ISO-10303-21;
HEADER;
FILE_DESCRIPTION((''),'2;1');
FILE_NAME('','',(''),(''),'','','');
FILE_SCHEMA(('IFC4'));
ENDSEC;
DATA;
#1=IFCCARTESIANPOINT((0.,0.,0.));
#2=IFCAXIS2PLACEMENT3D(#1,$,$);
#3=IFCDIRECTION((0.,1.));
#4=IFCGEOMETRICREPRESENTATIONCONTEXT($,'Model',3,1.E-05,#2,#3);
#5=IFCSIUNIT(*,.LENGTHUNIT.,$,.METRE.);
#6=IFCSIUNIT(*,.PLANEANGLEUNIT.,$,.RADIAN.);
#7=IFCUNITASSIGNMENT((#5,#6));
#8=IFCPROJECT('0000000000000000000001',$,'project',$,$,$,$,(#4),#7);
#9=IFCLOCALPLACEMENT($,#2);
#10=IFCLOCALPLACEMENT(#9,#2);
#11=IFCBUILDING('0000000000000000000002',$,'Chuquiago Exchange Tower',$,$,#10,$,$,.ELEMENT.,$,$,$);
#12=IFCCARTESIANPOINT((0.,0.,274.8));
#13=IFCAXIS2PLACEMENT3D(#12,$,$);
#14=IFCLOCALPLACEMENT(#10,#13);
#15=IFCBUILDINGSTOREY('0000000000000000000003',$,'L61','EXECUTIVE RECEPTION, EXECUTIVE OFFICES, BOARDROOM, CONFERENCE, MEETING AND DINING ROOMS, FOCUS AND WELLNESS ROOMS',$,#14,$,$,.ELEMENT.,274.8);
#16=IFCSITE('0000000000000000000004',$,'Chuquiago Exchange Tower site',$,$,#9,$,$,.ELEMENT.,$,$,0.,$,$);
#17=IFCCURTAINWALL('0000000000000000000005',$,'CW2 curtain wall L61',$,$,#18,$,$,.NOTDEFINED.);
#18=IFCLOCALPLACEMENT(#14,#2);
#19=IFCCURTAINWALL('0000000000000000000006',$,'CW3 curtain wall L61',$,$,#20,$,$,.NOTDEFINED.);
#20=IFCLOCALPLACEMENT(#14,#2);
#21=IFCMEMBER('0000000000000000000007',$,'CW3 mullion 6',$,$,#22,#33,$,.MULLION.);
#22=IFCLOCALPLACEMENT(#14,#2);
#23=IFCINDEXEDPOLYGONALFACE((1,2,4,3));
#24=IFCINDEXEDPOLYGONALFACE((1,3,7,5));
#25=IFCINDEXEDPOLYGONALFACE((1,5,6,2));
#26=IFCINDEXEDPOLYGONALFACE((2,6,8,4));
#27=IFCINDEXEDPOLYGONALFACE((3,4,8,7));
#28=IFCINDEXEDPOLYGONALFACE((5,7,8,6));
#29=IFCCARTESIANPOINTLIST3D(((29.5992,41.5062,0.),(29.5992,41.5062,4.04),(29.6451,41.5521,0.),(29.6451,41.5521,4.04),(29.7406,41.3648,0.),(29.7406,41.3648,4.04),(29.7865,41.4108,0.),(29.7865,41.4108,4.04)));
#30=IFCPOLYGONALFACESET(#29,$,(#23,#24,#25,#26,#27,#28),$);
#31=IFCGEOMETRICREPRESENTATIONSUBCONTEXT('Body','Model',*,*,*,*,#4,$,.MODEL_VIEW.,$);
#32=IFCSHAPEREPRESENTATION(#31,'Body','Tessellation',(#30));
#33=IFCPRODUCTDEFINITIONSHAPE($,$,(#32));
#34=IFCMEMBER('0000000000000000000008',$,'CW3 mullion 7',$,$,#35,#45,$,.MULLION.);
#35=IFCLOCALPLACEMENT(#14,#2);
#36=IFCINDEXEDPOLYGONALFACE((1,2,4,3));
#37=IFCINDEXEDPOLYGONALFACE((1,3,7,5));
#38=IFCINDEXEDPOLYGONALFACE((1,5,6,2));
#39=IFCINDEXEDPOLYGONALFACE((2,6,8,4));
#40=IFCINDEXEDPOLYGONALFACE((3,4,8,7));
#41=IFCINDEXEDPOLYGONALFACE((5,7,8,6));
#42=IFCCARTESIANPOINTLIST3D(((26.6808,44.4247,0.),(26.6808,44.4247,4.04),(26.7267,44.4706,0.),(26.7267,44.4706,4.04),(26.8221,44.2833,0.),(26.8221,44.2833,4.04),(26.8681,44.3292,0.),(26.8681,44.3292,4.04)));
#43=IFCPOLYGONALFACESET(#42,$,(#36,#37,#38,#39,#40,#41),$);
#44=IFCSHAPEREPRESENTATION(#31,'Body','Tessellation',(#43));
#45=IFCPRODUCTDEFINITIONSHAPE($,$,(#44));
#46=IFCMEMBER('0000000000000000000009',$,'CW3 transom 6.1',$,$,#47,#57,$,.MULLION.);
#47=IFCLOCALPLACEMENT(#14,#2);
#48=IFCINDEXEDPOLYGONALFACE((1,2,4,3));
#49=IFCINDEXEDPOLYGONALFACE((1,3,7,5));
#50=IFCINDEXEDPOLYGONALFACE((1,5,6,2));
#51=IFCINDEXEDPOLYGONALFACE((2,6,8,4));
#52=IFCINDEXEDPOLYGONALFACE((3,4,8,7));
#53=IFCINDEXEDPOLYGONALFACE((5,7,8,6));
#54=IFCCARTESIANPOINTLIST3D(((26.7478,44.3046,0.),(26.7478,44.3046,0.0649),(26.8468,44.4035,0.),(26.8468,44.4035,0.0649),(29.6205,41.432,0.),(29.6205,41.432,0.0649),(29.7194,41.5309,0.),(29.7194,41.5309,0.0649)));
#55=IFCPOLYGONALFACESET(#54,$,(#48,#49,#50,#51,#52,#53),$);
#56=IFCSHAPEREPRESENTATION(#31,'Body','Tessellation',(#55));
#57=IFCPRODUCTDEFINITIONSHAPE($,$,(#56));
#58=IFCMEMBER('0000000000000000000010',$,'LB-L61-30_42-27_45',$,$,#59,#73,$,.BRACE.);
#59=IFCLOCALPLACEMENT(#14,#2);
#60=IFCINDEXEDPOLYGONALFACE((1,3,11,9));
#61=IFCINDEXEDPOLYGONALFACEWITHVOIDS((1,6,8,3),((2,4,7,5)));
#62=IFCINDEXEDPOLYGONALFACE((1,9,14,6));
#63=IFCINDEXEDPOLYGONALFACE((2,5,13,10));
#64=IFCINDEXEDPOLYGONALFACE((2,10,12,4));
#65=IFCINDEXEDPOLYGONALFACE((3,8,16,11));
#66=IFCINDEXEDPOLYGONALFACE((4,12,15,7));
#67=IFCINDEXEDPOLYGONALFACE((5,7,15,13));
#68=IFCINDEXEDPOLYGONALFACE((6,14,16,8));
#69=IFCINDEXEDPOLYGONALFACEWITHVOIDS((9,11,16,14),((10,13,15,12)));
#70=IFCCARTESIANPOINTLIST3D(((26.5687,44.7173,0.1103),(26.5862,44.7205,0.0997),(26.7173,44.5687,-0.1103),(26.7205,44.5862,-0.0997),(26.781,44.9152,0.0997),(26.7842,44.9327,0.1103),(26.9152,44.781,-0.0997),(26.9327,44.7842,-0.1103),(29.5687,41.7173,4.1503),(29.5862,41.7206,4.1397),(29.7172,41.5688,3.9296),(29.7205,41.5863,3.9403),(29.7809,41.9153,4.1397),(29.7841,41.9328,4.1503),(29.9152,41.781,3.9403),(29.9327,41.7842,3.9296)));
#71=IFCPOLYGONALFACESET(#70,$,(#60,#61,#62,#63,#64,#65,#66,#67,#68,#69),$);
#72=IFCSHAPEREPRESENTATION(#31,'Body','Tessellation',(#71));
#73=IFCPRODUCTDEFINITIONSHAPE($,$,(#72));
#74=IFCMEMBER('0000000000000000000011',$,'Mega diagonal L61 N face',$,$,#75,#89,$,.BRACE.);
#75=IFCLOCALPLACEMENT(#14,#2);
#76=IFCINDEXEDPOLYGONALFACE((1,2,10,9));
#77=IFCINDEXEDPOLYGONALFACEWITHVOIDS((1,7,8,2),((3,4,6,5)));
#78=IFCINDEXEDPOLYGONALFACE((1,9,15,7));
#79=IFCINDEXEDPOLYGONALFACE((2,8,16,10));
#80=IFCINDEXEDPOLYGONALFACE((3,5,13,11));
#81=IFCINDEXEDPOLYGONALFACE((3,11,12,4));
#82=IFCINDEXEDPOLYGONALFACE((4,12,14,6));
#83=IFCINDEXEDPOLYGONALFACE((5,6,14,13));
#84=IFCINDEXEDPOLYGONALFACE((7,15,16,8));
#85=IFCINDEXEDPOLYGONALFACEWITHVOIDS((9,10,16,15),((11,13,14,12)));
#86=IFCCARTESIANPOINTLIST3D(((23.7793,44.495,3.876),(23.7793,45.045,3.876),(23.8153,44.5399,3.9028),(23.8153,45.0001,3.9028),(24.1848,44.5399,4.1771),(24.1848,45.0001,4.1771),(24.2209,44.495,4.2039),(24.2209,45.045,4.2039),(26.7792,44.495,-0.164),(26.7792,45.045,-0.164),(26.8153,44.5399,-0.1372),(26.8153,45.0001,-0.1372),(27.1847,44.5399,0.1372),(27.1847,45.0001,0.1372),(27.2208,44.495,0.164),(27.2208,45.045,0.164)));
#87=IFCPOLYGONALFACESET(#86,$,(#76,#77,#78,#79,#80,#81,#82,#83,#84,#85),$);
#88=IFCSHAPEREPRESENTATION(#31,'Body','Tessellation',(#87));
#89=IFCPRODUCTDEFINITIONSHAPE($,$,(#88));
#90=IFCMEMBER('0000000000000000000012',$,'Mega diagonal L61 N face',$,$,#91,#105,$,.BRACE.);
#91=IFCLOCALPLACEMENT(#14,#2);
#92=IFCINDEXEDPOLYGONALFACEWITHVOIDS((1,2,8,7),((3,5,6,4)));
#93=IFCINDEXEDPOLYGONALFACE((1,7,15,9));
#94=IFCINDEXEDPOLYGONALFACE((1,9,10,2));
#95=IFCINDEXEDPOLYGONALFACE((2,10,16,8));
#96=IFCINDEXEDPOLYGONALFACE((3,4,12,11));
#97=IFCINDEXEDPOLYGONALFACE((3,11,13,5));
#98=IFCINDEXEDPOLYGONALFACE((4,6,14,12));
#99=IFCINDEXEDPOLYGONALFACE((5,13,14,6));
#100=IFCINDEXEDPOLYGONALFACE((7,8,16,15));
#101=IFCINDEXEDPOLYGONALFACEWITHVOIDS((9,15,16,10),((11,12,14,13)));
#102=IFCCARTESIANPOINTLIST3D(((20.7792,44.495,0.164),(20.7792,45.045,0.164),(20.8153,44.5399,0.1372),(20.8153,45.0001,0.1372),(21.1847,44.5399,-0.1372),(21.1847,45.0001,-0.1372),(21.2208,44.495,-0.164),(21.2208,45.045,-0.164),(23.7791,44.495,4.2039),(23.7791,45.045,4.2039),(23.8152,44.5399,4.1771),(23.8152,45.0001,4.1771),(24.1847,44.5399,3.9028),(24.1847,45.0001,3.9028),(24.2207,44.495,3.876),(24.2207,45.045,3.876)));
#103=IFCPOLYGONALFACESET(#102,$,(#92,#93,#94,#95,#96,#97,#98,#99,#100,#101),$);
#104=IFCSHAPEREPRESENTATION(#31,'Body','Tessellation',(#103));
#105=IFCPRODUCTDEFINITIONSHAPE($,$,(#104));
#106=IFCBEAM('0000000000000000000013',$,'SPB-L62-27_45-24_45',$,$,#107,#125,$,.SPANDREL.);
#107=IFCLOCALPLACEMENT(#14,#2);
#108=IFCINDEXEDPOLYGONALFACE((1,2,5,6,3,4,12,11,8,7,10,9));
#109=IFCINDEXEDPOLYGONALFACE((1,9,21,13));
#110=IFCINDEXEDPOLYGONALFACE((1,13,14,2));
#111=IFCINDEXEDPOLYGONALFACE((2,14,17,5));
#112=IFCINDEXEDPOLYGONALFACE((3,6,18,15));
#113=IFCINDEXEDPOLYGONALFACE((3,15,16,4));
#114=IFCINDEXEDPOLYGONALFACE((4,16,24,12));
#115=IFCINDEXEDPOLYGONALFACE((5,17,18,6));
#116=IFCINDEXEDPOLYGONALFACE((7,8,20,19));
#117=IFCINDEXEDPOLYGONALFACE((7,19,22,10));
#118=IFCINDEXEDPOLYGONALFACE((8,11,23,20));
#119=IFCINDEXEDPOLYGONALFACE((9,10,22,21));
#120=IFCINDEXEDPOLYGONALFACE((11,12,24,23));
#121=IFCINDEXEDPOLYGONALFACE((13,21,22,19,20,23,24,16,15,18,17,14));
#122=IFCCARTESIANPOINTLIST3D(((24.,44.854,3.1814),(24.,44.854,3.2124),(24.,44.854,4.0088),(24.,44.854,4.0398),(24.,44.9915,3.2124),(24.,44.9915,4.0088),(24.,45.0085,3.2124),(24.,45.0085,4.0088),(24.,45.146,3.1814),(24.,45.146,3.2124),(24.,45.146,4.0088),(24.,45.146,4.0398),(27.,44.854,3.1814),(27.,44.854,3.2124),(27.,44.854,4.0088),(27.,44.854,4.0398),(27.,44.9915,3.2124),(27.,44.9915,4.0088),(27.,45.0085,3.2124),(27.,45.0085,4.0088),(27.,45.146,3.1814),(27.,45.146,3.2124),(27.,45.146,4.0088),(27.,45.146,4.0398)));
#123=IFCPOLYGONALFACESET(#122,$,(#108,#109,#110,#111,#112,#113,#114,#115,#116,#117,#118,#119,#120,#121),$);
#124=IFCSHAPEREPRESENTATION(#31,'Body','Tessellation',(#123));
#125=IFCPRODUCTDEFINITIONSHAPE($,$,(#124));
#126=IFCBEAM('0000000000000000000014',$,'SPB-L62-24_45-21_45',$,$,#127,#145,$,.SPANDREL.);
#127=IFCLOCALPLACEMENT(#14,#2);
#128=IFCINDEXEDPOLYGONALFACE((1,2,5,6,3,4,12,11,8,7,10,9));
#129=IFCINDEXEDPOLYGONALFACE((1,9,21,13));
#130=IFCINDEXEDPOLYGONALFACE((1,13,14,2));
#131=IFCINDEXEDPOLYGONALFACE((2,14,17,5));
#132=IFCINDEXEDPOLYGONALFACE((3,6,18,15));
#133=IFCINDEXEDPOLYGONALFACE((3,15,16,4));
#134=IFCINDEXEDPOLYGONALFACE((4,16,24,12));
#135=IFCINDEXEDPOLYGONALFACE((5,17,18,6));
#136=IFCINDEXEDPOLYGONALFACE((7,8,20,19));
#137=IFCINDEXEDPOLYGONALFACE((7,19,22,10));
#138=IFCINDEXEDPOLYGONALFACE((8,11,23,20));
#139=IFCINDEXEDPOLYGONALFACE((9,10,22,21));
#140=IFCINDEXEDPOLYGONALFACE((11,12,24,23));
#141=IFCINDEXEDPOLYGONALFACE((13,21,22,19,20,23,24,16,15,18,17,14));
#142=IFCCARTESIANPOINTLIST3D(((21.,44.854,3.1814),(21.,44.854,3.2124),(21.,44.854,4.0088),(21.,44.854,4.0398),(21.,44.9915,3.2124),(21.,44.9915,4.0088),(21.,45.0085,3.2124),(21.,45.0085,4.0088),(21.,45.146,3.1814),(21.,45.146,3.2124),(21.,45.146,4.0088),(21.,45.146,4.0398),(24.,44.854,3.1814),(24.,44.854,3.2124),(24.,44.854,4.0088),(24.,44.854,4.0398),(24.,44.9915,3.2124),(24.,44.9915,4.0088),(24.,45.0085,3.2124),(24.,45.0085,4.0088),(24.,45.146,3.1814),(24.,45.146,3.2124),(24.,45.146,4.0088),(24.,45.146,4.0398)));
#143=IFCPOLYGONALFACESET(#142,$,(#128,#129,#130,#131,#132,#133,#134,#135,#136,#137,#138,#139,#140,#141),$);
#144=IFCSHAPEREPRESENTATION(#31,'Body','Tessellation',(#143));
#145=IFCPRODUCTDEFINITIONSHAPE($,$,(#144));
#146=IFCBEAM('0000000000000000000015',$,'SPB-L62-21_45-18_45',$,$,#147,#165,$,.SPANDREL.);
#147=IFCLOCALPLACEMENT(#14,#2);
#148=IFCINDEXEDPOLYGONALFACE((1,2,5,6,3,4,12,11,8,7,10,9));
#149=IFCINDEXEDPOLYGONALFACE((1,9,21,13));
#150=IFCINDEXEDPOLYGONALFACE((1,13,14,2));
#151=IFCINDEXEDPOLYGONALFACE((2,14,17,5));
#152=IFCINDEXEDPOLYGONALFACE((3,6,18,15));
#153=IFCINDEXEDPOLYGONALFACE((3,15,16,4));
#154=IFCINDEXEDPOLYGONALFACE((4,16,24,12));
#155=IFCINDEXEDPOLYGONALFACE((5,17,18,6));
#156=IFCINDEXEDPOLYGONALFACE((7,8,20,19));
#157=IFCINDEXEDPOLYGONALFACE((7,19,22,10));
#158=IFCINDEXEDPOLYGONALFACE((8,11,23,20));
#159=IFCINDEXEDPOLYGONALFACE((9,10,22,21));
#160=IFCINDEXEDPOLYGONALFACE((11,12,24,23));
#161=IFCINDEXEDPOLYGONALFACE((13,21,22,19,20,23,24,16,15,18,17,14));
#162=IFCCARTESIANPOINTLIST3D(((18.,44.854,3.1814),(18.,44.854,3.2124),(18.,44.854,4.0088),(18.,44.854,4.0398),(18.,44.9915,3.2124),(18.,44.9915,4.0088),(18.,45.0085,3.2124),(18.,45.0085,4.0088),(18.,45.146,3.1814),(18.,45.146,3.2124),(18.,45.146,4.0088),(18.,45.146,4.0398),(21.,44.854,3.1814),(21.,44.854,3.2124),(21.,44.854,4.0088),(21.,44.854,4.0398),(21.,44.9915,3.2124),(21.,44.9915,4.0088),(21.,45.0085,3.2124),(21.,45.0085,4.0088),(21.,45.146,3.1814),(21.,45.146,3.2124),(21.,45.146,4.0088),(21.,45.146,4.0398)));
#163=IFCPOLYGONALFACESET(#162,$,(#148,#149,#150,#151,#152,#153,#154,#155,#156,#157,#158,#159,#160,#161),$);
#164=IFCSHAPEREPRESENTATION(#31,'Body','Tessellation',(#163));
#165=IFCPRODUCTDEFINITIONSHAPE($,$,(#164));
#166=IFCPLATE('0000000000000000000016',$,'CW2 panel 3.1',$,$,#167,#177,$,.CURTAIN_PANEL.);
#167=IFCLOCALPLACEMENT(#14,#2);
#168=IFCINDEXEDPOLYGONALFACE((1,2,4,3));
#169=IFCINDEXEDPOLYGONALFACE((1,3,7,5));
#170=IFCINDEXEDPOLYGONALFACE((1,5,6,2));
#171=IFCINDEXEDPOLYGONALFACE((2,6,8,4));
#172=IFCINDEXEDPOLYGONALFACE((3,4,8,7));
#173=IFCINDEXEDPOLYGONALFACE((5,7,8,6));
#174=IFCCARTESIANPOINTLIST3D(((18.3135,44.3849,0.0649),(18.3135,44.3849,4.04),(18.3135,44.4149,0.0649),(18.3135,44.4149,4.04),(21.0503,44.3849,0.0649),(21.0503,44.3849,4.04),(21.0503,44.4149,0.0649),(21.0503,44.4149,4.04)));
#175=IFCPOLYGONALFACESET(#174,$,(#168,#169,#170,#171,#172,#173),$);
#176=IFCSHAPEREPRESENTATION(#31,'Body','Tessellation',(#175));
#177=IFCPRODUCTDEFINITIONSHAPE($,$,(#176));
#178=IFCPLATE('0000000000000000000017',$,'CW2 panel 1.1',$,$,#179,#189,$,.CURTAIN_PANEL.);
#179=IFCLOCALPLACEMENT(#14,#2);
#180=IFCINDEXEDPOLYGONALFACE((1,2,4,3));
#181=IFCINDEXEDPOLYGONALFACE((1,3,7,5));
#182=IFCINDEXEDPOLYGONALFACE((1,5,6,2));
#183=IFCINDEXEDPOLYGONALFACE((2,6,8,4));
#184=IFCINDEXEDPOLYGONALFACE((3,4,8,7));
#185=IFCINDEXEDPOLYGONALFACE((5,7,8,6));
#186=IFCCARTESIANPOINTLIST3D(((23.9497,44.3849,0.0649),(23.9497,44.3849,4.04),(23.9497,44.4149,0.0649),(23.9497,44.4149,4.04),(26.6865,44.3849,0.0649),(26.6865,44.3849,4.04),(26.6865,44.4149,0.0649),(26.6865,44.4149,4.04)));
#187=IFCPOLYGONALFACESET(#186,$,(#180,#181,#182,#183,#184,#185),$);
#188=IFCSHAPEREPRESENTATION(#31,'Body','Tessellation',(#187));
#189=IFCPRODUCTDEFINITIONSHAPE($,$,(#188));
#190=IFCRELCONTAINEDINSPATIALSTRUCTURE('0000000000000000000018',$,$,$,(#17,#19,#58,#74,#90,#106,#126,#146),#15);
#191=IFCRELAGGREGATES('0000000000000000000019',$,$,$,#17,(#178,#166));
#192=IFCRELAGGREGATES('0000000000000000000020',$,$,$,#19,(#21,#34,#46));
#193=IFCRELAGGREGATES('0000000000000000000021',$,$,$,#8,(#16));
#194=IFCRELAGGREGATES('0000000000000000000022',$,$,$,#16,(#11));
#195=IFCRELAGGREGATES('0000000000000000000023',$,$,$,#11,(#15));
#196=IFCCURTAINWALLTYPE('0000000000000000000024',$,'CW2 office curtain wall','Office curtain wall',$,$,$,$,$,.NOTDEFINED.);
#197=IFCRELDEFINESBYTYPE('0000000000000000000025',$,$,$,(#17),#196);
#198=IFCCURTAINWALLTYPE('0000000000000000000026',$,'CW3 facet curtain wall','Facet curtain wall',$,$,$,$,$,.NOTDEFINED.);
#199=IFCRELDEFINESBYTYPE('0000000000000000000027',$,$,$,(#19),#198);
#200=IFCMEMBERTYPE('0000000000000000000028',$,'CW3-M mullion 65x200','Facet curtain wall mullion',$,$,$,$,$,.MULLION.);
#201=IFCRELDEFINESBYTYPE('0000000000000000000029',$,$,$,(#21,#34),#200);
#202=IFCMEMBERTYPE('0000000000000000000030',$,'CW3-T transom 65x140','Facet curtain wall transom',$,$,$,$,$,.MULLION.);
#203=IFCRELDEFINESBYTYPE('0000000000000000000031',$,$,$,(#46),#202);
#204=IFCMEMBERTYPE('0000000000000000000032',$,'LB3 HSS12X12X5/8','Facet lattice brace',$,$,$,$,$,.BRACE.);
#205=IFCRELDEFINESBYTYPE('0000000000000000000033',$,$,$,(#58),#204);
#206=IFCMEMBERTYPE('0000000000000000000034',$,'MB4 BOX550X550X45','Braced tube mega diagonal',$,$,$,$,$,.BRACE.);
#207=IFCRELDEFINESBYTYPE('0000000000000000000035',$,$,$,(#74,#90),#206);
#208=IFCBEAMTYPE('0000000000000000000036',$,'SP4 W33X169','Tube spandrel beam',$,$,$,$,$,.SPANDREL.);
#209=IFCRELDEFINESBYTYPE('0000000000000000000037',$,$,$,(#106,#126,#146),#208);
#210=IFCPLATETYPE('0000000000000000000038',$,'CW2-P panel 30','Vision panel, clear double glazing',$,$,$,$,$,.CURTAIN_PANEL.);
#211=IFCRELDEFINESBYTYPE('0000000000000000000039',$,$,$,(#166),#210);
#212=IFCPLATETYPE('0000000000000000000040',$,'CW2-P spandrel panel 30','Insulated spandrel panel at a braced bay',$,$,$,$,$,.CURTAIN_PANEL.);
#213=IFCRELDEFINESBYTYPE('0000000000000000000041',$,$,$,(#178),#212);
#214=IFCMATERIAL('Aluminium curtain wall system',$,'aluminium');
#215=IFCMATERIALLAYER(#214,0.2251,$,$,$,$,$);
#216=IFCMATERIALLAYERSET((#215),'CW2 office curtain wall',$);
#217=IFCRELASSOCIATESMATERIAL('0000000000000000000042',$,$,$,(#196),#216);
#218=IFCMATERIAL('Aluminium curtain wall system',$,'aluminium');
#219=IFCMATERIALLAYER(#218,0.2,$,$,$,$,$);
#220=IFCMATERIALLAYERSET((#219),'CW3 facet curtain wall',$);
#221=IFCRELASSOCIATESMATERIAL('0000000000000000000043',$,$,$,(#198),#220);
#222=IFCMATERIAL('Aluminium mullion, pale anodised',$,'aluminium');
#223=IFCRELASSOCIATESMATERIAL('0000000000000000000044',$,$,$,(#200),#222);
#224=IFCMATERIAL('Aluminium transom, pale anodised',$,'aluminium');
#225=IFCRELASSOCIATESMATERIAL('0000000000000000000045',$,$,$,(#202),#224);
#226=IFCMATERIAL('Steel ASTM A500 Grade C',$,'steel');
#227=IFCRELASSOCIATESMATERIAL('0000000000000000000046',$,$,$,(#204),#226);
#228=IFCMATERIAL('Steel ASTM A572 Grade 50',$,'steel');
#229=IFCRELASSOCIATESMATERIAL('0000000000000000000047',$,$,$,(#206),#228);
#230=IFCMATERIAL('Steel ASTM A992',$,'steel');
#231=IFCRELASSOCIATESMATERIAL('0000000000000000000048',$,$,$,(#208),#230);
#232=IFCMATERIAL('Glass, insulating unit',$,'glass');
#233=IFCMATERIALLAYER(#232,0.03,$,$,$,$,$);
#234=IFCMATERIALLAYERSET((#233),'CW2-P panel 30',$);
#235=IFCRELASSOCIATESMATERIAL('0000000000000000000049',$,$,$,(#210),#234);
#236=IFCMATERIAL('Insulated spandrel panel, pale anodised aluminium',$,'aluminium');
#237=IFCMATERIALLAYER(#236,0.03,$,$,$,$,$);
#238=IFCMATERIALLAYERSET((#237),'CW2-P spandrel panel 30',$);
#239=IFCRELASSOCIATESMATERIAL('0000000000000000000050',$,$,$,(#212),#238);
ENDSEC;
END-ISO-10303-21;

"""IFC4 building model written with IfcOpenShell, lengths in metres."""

from ifc_helpers import new_model, si_unit, direction, frame, origin, origin_2d, place, context, subcontext, project, spatial, rectangle, hollow_rectangle, i_section, extrude, material, layer, layer_set, material_profile, profile_set, type_object, element, aggregate, save


model = new_model("IFC4")

# Units and contexts
model_context = context("Model", 3, precision=1e-05, world=origin(), true_north=direction((0.0, 1.0)))
body_context = subcontext(model_context, "Body", "Model", "MODEL_VIEW")
ifc_project = project(units=[si_unit("LENGTHUNIT", "METRE"), si_unit("PLANEANGLEUNIT", "RADIAN")], contexts=[model_context])

# Site, building, storey
site_placement = place(None, origin())
site = spatial("IfcSite", under=ifc_project, at=site_placement, Name="Chuquiago Exchange Tower site", CompositionType="ELEMENT", RefElevation=0.0)
building_placement = place(site_placement, origin())
building = spatial("IfcBuilding", under=site, at=building_placement, Name="Chuquiago Exchange Tower", CompositionType="ELEMENT")
storey_placement = place(building_placement, frame((0.0, 0.0, 274.8)))
storey = spatial("IfcBuildingStorey", under=building, at=storey_placement, Name="L61", Description="EXECUTIVE RECEPTION, EXECUTIVE OFFICES, BOARDROOM, CONFERENCE, MEETING AND DINING ROOMS, FOCUS AND WELLNESS ROOMS", CompositionType="ELEMENT", Elevation=274.8)

# Curtain walls, members
ifc_material_1 = material(Name="Aluminium curtain wall system", Category="aluminium")
ifc_layer_1 = layer(ifc_material_1, 0.2251)
ifc_layer_set_1 = layer_set([ifc_layer_1], Name="CW2 office curtain wall")
curtain_wall_type_1 = type_object("IfcCurtainWallType", Name="CW2 office curtain wall", Description="Office curtain wall", PredefinedType="NOTDEFINED", material=ifc_layer_set_1)
curtain_wall_1_placement = place(storey_placement, origin())
curtain_wall_1 = element("IfcCurtainWall", 1, at=curtain_wall_1_placement, inside=storey, type_object=curtain_wall_type_1, Name="CW2 curtain wall L61", PredefinedType="NOTDEFINED")
ifc_material_2 = material(Name="Aluminium curtain wall system", Category="aluminium")
ifc_layer_2 = layer(ifc_material_2, 0.2)
ifc_layer_set_2 = layer_set([ifc_layer_2], Name="CW3 facet curtain wall")
curtain_wall_type_2 = type_object("IfcCurtainWallType", Name="CW3 facet curtain wall", Description="Facet curtain wall", PredefinedType="NOTDEFINED", material=ifc_layer_set_2)
curtain_wall_2_placement = place(storey_placement, origin())
curtain_wall_2 = element("IfcCurtainWall", 2, at=curtain_wall_2_placement, inside=storey, type_object=curtain_wall_type_2, Name="CW3 curtain wall L61", PredefinedType="NOTDEFINED")
ifc_material_3 = material(Name="Aluminium mullion, pale anodised", Category="aluminium")
ifc_material_profile_1 = material_profile(ifc_material_3, rectangle(XDim=0.0649, YDim=0.2, at=origin_2d()), Name="AL 65x200")
ifc_profile_set_1 = profile_set([ifc_material_profile_1], Name="Aluminium mullion, pale anodised")
member_type_1 = type_object("IfcMemberType", Name="CW3-M mullion 65x200", Description="Facet curtain wall mullion", PredefinedType="MULLION", material=ifc_profile_set_1)
member_1_placement = place(storey_placement, frame((29.6929, 41.4585, 0.0), z_axis=(0.0, 0.0, 1.0), x_axis=(-0.707107, -0.707107, 0.0)))
member_1 = element("IfcMember", 3, at=member_1_placement, type_object=member_type_1, Name="CW3 mullion 6", PredefinedType="MULLION", context=body_context, shape_type="SweptSolid", body=[
    extrude(rectangle(XDim=0.0649, YDim=0.2, at=origin_2d()), origin(), (0.0, 0.0, 1.0), 4.04),
])
member_2_placement = place(storey_placement, frame((26.7744, 44.377, 0.0), z_axis=(0.0, 0.0, 1.0), x_axis=(-0.707107, -0.707107, 0.0)))
member_2 = element("IfcMember", 4, at=member_2_placement, type_object=member_type_1, Name="CW3 mullion 7", PredefinedType="MULLION", context=body_context, shape_type="SweptSolid", body=[
    extrude(rectangle(XDim=0.0649, YDim=0.2, at=origin_2d()), origin(), (0.0, 0.0, 1.0), 4.04),
])
ifc_material_4 = material(Name="Aluminium transom, pale anodised", Category="aluminium")
ifc_material_profile_2 = material_profile(ifc_material_4, rectangle(XDim=0.1399, YDim=0.0649, at=origin_2d()), Name="AL 140x65")
ifc_profile_set_2 = profile_set([ifc_material_profile_2], Name="Aluminium transom, pale anodised")
member_type_2 = type_object("IfcMemberType", Name="CW3-T transom 65x140", Description="Facet curtain wall transom", PredefinedType="MULLION", material=ifc_profile_set_2)
member_3_placement = place(storey_placement, frame((29.6699, 41.4814, 0.0325), z_axis=(-0.707107, 0.707107, 0.0), x_axis=(-0.707107, -0.707107, 0.0)))
member_3 = element("IfcMember", 5, at=member_3_placement, type_object=member_type_2, Name="CW3 transom 6.1", PredefinedType="MULLION", context=body_context, shape_type="SweptSolid", body=[
    extrude(rectangle(XDim=0.1399, YDim=0.0649, at=origin_2d()), origin(), (0.0, 0.0, 1.0), 4.0625),
])

# Members
ifc_material_5 = material(Name="Steel ASTM A500 Grade C", Category="steel")
ifc_material_profile_3 = material_profile(ifc_material_5, hollow_rectangle(XDim=0.3047, YDim=0.3047, WallThickness=0.0146, at=origin_2d()), Name="HSS12X12X5/8")
ifc_profile_set_3 = profile_set([ifc_material_profile_3], Name="Steel ASTM A500 Grade C")
member_type_3 = type_object("IfcMemberType", Name="LB3 HSS12X12X5/8", Description="Facet lattice brace", PredefinedType="BRACE", material=ifc_profile_set_3)
member_4_placement = place(storey_placement, frame((26.7507, 44.7507, 0.0), z_axis=(0.512077, -0.512077, 0.689604), x_axis=(0.707107, 0.707107, 0.0)))
element("IfcMember", 6, at=member_4_placement, inside=storey, type_object=member_type_3, Name="LB-L61-30_42-27_45", PredefinedType="BRACE", context=body_context, shape_type="SweptSolid", body=[
    extrude(hollow_rectangle(XDim=0.3047, YDim=0.3047, WallThickness=0.0146, at=origin_2d()), origin(), (0.0, 0.0, 1.0), 5.8584),
])
ifc_material_6 = material(Name="Steel ASTM A572 Grade 50", Category="steel")
ifc_material_profile_4 = material_profile(ifc_material_6, hollow_rectangle(XDim=0.55, YDim=0.55, WallThickness=0.0449, at=origin_2d()), Name="BOX550X550X45")
ifc_profile_set_4 = profile_set([ifc_material_profile_4], Name="Steel ASTM A572 Grade 50")
member_type_4 = type_object("IfcMemberType", Name="MB4 BOX550X550X45", Description="Braced tube mega diagonal", PredefinedType="BRACE", material=ifc_profile_set_4)
for number, where, z_axis, x_axis, name in (
    (7, (27.0, 44.77, 0.0), (-0.596174, 0.0, 0.802855), (0.0, -1.0, 0.0), "Mega diagonal L61 N face"),
    (8, (21.0, 44.77, 0.0), (0.596174, 0.0, 0.802855), (0.0, 1.0, 0.0), "Mega diagonal L61 N face"),
):
    element("IfcMember", number, at=place(storey_placement, frame(where, z_axis=z_axis, x_axis=x_axis)), inside=storey, type_object=member_type_4, Name=name, PredefinedType="BRACE", context=body_context, shape_type="SweptSolid", body=[
        extrude(hollow_rectangle(XDim=0.55, YDim=0.55, WallThickness=0.0449, at=origin_2d()), origin(), (0.0, 0.0, 1.0), 5.032),
    ])

# Beams
ifc_material_7 = material(Name="Steel ASTM A992", Category="steel")
ifc_material_profile_5 = material_profile(ifc_material_7, i_section(OverallWidth=0.292, OverallDepth=0.8584, WebThickness=0.0171, FlangeThickness=0.031, at=origin_2d()), Name="W33X169")
ifc_profile_set_5 = profile_set([ifc_material_profile_5], Name="Steel ASTM A992")
beam_type = type_object("IfcBeamType", Name="SP4 W33X169", Description="Tube spandrel beam", PredefinedType="SPANDREL", material=ifc_profile_set_5)
for number, where, z_axis, x_axis, name in (
    (9, (27.0, 45.0, 3.6106), (-1.0, 0.0, 0.0), (0.0, -1.0, 0.0), "SPB-L62-27_45-24_45"),
    (10, (24.0, 45.0, 3.6106), (-1.0, 0.0, 0.0), (0.0, -1.0, 0.0), "SPB-L62-24_45-21_45"),
    (11, (21.0, 45.0, 3.6106), (-1.0, 0.0, 0.0), (0.0, -1.0, 0.0), "SPB-L62-21_45-18_45"),
):
    element("IfcBeam", number, at=place(storey_placement, frame(where, z_axis=z_axis, x_axis=x_axis)), inside=storey, type_object=beam_type, Name=name, PredefinedType="SPANDREL", context=body_context, shape_type="SweptSolid", body=[
        extrude(i_section(OverallWidth=0.292, OverallDepth=0.8584, WebThickness=0.0171, FlangeThickness=0.031, at=origin_2d()), origin(), (0.0, 0.0, 1.0), 3.0),
    ])

# Plates
ifc_material_8 = material(Name="Glass, insulating unit", Category="glass")
ifc_layer_3 = layer(ifc_material_8, 0.03)
ifc_layer_set_3 = layer_set([ifc_layer_3], Name="CW2-P panel 30")
plate_type_1 = type_object("IfcPlateType", Name="CW2-P panel 30", Description="Vision panel, clear double glazing", PredefinedType="CURTAIN_PANEL", material=ifc_layer_set_3)
plate_1_placement = place(storey_placement, frame((19.6819, 44.3999, 0.0649), z_axis=(0.0, 0.0, 1.0), x_axis=(-1.0, 0.0, 0.0)))
plate_1 = element("IfcPlate", 12, at=plate_1_placement, type_object=plate_type_1, Name="CW2 panel 3.1", PredefinedType="CURTAIN_PANEL", context=body_context, shape_type="SweptSolid", body=[
    extrude(rectangle(XDim=2.7368, YDim=0.03, at=origin_2d()), origin(), (0.0, 0.0, 1.0), 3.9751),
])
ifc_material_9 = material(Name="Insulated spandrel panel, pale anodised aluminium", Category="aluminium")
ifc_layer_4 = layer(ifc_material_9, 0.03)
ifc_layer_set_4 = layer_set([ifc_layer_4], Name="CW2-P spandrel panel 30")
plate_type_2 = type_object("IfcPlateType", Name="CW2-P spandrel panel 30", Description="Insulated spandrel panel at a braced bay", PredefinedType="CURTAIN_PANEL", material=ifc_layer_set_4)
plate_2_placement = place(storey_placement, frame((25.3181, 44.3999, 0.0649), z_axis=(0.0, 0.0, 1.0), x_axis=(-1.0, 0.0, 0.0)))
plate_2 = element("IfcPlate", 13, at=plate_2_placement, type_object=plate_type_2, Name="CW2 panel 1.1", PredefinedType="CURTAIN_PANEL", context=body_context, shape_type="SweptSolid", body=[
    extrude(rectangle(XDim=2.7368, YDim=0.03, at=origin_2d()), origin(), (0.0, 0.0, 1.0), 3.9751),
])
aggregate(curtain_wall_1, [plate_2, plate_1])
aggregate(curtain_wall_2, [member_1, member_2, member_3])

save(model, "model.ifc")
